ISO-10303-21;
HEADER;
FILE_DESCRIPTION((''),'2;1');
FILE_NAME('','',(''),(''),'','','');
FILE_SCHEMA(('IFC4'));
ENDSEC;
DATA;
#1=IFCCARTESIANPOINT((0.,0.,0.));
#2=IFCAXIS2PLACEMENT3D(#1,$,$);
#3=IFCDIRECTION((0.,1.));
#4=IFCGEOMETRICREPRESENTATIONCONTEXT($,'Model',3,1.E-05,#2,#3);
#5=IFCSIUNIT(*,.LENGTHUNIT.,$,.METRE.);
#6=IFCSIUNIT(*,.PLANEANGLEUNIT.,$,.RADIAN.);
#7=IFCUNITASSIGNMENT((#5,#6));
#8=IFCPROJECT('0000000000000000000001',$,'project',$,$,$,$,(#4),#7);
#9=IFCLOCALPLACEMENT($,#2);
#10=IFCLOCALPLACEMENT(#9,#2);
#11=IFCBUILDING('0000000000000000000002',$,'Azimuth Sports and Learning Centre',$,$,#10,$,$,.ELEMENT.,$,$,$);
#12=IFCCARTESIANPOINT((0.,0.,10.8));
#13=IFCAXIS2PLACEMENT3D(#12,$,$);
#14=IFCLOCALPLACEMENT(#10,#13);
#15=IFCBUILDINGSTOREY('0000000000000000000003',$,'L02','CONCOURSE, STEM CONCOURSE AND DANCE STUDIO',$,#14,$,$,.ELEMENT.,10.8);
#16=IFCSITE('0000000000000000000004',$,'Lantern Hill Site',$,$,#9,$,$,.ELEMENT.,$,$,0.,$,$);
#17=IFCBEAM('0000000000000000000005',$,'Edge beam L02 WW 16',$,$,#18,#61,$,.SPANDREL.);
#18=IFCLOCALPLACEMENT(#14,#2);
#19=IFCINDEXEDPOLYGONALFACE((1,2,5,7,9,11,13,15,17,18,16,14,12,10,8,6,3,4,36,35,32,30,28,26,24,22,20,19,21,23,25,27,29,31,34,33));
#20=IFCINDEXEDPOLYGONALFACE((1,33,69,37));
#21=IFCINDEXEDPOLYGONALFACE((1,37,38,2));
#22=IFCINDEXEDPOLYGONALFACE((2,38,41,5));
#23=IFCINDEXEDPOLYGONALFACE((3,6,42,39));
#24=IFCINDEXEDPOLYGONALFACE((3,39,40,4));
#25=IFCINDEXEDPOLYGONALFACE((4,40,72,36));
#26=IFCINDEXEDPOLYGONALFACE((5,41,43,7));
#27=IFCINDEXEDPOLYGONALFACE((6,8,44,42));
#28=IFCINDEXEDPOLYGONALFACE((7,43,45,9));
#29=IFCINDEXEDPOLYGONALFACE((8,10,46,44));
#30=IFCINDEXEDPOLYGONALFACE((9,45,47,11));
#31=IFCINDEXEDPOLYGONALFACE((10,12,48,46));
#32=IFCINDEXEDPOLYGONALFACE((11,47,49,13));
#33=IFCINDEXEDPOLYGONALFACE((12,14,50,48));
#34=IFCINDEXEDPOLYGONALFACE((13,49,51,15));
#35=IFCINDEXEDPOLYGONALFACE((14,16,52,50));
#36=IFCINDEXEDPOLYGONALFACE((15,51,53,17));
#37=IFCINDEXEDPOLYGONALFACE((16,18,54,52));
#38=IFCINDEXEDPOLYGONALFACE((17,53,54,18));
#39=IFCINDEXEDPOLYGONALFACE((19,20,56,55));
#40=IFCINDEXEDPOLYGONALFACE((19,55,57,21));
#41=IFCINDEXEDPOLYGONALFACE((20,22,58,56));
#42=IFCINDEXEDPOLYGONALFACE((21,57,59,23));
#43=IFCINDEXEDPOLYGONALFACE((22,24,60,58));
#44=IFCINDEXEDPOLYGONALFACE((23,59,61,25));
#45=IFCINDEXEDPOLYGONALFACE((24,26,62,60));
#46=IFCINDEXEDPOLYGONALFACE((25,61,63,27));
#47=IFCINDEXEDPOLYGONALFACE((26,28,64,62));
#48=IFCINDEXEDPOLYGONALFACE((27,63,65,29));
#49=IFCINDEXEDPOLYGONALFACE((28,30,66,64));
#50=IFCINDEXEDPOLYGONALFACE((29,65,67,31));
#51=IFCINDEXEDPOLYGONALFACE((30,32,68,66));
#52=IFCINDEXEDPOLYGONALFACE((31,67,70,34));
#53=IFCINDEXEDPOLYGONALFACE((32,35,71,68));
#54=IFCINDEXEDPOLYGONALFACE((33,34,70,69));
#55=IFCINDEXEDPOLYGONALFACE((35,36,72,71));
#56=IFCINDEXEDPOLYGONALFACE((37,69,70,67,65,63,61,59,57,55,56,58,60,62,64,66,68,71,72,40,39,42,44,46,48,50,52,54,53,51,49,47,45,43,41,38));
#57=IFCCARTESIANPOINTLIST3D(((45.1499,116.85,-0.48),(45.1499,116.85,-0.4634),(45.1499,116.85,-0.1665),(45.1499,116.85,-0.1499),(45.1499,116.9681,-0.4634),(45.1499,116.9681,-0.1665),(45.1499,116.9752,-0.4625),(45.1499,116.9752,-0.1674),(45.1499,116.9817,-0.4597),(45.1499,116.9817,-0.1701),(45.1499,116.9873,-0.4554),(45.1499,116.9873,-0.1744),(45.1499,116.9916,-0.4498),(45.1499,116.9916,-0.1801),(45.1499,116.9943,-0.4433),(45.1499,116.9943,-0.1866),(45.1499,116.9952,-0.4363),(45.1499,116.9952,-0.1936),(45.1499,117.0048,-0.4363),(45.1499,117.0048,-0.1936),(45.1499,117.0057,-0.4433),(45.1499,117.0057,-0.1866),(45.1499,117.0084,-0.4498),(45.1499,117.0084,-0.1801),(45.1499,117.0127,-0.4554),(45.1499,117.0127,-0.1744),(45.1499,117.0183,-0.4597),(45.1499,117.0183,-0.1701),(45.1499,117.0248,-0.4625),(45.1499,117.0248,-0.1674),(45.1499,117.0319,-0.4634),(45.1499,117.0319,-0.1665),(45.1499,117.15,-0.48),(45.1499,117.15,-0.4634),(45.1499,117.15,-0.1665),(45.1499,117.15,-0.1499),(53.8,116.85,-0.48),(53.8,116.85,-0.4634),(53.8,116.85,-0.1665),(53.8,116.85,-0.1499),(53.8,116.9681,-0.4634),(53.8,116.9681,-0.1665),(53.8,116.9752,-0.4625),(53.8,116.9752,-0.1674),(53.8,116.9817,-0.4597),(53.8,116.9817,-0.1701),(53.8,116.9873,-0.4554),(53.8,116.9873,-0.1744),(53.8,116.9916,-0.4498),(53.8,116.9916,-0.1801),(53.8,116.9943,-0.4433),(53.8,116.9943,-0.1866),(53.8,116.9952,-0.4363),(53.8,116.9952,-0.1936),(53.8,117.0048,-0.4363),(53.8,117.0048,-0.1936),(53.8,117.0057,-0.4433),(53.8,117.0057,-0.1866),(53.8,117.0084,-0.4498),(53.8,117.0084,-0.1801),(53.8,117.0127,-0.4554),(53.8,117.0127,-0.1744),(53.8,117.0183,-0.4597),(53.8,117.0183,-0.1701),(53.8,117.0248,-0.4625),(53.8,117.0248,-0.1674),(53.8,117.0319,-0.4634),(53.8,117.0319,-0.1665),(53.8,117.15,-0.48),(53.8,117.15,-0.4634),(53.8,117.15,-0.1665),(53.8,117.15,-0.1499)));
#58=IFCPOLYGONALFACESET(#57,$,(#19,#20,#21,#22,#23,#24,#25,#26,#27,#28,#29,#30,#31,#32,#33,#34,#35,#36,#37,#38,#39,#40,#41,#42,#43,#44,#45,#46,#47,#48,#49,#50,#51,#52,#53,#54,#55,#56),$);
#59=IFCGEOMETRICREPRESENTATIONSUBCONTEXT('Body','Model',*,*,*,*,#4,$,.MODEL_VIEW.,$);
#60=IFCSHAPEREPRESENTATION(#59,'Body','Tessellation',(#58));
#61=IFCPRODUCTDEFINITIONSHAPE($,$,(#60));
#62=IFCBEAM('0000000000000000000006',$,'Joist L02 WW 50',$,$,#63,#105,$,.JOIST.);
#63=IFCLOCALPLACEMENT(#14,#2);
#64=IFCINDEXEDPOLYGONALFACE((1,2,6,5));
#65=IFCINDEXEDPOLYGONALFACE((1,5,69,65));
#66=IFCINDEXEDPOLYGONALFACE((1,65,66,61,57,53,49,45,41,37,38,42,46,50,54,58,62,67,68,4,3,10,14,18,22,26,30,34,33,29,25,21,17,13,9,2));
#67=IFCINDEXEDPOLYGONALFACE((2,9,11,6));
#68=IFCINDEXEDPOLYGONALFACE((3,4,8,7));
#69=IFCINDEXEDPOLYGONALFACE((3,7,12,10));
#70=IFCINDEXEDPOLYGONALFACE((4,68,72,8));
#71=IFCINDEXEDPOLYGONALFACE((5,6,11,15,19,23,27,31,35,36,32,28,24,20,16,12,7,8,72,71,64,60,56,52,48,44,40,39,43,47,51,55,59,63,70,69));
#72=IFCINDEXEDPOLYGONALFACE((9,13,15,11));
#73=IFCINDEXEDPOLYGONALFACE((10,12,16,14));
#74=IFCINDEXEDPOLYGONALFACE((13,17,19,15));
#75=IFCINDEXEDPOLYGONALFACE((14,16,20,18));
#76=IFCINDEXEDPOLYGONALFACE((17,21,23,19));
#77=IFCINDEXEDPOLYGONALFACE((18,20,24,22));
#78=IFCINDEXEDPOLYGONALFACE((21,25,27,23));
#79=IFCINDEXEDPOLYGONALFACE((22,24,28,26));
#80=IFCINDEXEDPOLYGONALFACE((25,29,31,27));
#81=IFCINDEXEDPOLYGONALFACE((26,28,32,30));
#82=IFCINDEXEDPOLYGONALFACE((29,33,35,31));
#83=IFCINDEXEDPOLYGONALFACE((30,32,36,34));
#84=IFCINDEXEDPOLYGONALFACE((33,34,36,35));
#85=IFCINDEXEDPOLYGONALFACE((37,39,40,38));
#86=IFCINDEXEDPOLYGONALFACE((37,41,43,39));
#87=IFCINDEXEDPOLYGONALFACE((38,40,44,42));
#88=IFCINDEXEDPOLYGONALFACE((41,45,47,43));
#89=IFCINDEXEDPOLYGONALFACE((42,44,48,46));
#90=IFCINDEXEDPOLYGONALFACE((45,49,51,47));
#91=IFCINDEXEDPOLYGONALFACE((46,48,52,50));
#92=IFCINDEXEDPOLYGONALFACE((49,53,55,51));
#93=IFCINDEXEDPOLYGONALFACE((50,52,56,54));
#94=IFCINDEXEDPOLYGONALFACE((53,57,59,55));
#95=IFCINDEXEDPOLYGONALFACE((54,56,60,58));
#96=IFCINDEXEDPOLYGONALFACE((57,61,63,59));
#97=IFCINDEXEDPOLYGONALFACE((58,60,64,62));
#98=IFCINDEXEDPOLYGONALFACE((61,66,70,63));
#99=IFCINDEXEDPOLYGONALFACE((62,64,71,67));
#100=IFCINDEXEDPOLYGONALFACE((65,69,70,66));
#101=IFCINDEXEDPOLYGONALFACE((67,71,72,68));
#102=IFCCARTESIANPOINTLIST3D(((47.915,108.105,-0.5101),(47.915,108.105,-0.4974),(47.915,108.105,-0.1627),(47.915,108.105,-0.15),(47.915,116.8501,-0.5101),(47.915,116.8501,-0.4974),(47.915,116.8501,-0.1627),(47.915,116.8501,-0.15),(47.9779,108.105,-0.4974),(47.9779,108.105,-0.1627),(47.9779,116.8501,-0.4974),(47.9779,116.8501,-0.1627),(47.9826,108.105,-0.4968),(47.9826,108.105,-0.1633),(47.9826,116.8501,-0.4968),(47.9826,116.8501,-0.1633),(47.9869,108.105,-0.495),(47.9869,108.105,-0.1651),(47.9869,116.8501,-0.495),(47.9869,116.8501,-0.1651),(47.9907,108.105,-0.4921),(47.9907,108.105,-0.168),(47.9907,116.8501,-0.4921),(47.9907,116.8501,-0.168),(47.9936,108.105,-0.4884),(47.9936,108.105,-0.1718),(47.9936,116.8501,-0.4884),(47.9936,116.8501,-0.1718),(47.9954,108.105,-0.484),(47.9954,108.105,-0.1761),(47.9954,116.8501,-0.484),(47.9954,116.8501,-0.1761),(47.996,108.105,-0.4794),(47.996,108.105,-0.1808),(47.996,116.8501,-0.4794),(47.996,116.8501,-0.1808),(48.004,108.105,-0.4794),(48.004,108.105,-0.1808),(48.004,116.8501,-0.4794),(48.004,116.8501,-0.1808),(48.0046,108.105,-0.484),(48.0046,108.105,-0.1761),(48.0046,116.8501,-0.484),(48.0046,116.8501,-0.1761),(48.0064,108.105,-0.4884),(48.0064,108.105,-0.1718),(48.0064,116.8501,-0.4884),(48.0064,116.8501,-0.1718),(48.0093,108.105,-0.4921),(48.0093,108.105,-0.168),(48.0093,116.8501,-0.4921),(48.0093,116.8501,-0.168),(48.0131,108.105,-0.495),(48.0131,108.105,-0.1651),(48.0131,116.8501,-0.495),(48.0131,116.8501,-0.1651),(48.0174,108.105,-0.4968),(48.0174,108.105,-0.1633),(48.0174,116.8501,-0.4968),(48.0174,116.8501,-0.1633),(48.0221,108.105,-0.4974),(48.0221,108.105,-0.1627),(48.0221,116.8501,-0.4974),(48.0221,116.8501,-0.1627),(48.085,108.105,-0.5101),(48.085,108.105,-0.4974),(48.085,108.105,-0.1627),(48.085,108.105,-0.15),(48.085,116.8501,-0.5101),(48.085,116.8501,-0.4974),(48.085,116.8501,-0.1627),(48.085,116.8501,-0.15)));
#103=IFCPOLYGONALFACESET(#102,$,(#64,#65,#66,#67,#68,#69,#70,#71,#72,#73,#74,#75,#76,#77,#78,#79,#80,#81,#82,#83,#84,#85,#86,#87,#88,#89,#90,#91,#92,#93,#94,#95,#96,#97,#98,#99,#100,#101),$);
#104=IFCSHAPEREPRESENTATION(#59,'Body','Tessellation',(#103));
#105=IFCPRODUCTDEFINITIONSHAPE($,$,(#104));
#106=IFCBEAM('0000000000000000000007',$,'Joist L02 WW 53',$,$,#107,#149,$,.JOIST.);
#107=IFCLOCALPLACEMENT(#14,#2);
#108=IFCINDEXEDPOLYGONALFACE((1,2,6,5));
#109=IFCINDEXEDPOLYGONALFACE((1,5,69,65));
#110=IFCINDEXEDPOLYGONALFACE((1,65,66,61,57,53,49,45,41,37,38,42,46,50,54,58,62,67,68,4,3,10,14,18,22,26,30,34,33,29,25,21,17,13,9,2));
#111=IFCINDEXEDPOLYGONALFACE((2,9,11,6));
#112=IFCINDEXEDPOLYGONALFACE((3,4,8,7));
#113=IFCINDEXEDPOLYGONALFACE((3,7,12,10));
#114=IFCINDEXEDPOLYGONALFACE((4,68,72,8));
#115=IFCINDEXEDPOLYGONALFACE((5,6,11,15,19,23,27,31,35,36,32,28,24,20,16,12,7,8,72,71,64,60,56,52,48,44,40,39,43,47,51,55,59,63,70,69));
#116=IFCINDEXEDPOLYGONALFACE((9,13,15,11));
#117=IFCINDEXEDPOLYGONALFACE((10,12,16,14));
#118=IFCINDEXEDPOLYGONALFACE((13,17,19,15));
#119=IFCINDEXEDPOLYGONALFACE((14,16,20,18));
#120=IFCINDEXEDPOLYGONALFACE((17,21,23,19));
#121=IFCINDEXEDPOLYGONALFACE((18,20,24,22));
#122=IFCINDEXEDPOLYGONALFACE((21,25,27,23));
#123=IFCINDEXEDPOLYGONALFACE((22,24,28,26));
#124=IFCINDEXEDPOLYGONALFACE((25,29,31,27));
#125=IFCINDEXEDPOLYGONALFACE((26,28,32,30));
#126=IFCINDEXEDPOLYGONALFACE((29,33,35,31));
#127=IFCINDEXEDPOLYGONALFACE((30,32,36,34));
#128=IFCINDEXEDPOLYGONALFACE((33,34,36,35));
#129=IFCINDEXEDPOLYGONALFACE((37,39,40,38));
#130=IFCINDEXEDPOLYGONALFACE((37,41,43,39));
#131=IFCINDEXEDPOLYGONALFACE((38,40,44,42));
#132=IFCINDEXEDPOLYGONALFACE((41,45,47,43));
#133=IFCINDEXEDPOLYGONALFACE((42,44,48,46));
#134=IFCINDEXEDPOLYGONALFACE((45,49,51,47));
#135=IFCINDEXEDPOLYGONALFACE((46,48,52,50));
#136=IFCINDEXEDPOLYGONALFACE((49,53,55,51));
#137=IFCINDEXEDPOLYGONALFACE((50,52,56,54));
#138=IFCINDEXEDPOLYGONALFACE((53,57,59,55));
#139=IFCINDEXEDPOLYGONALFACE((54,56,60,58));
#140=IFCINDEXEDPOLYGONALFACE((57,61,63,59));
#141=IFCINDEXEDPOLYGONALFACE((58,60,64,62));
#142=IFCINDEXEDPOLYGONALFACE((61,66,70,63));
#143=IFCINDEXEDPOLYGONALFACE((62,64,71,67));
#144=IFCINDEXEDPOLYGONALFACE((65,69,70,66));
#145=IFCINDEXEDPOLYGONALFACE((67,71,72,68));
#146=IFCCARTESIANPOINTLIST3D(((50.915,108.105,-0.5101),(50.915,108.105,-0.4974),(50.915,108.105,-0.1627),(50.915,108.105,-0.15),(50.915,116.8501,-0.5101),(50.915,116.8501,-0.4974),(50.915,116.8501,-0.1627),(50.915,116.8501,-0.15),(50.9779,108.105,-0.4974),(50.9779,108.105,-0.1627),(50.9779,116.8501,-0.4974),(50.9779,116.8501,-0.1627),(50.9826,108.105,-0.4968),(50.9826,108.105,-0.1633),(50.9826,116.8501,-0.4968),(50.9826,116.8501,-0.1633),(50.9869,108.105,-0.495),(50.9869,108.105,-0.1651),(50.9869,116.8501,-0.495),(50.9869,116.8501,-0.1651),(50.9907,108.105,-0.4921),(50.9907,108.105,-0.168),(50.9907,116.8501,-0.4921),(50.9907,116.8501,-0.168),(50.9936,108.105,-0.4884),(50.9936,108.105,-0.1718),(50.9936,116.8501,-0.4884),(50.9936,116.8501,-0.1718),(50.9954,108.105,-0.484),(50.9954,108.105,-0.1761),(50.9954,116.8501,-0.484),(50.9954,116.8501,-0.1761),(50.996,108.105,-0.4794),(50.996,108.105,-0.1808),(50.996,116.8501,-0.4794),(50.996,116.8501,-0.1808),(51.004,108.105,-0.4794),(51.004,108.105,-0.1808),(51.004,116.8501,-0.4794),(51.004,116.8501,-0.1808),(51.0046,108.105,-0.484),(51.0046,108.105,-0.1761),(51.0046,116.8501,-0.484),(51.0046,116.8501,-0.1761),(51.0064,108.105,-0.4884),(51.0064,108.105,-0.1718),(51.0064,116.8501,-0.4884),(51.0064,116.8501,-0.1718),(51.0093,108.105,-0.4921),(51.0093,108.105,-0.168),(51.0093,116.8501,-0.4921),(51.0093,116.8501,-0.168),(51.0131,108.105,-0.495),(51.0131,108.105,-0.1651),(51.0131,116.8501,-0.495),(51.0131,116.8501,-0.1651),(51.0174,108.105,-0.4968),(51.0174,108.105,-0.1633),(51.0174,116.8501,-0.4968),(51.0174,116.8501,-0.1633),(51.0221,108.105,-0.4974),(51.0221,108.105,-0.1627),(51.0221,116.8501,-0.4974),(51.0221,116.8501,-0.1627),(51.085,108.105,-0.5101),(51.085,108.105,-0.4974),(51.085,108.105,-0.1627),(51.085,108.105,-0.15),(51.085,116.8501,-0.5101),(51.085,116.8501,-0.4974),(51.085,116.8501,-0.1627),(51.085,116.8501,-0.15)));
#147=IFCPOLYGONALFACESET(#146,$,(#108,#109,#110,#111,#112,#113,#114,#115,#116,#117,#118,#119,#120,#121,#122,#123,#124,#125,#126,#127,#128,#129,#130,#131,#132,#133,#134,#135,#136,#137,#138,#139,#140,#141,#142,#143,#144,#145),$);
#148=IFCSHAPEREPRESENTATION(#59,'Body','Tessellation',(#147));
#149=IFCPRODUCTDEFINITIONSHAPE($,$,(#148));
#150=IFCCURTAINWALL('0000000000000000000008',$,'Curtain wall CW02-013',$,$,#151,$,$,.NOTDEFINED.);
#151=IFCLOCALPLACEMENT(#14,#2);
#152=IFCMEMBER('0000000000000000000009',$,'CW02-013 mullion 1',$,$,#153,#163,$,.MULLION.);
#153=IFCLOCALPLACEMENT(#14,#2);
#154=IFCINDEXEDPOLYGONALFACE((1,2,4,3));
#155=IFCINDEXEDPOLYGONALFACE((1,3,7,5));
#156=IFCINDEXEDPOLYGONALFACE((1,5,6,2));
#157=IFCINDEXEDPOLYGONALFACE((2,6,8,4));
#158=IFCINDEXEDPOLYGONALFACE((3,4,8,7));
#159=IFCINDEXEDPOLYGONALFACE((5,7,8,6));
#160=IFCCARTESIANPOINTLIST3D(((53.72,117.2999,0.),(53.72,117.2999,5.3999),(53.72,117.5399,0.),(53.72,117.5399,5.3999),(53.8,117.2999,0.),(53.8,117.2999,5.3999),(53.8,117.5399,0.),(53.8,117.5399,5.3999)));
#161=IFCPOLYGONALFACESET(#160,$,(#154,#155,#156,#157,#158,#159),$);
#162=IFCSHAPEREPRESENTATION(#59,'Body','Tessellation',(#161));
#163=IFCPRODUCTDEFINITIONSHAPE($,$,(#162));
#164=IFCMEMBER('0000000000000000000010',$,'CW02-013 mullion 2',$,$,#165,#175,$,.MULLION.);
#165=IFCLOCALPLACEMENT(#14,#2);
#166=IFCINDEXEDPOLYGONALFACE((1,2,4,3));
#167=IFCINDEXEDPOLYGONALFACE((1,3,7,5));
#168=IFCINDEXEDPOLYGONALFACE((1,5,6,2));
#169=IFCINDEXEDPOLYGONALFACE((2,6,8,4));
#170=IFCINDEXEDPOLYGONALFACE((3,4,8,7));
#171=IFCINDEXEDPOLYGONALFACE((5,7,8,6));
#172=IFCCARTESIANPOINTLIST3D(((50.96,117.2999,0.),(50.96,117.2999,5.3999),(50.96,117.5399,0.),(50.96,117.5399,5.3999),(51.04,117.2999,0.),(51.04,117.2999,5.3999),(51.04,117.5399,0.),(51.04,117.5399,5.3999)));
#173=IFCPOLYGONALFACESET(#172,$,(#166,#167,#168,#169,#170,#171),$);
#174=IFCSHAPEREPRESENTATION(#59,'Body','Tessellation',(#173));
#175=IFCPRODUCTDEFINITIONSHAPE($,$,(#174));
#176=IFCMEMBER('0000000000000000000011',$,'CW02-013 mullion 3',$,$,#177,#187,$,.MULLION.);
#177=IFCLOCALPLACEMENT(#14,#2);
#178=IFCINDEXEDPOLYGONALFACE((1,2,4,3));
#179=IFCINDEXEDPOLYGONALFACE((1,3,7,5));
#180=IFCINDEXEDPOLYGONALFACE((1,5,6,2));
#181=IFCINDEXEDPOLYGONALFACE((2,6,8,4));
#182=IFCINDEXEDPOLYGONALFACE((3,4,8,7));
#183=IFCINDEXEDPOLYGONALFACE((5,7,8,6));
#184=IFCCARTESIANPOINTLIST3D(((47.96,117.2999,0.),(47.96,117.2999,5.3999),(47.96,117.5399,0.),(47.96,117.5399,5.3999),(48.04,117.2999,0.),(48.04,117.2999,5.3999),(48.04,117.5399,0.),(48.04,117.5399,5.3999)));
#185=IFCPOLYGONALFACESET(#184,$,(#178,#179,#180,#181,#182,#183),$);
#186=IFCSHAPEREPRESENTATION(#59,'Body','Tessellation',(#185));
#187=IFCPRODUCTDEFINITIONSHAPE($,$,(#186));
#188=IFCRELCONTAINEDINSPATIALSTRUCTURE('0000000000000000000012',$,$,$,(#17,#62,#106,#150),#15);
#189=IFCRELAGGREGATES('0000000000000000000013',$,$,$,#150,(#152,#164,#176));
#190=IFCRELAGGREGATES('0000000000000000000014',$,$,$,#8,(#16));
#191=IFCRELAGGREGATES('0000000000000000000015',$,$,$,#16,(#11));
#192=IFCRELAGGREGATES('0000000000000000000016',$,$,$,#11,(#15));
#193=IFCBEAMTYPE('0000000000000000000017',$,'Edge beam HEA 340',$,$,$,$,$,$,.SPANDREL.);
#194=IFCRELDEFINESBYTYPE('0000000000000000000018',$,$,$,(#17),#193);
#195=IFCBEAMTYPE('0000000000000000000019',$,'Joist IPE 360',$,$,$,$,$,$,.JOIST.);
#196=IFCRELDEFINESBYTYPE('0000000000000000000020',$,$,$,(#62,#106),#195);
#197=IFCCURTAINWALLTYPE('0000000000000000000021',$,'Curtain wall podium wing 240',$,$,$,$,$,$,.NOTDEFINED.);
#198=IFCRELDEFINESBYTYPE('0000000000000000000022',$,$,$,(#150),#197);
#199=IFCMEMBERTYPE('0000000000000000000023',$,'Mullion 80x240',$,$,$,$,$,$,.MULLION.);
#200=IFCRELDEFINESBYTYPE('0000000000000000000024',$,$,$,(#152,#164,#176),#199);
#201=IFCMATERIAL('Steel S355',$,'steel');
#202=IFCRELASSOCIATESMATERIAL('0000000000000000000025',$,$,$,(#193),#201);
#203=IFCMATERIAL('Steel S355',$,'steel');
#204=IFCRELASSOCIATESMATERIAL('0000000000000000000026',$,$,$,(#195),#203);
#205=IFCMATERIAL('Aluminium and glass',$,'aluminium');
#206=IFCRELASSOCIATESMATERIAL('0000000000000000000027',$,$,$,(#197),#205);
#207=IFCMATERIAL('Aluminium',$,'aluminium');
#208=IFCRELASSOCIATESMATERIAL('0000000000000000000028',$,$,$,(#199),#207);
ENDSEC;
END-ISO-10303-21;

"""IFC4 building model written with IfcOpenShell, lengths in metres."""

from ifc_helpers import new_model, si_unit, direction, frame, origin, origin_2d, place, context, subcontext, project, spatial, rectangle, i_section, extrude, material, material_profile, profile_set, type_object, element, aggregate, save


model = new_model("IFC4")

# Units and contexts
model_context = context("Model", 3, precision=1e-05, world=origin(), true_north=direction((0.0, 1.0)))
body_context = subcontext(model_context, "Body", "Model", "MODEL_VIEW")
ifc_project = project(units=[si_unit("LENGTHUNIT", "METRE"), si_unit("PLANEANGLEUNIT", "RADIAN")], contexts=[model_context])

# Site, building, storey
site_placement = place(None, origin())
site = spatial("IfcSite", under=ifc_project, at=site_placement, Name="Lantern Hill Site", CompositionType="ELEMENT", RefElevation=0.0)
building_placement = place(site_placement, origin())
building = spatial("IfcBuilding", under=site, at=building_placement, Name="Azimuth Sports and Learning Centre", CompositionType="ELEMENT")
storey_placement = place(building_placement, frame((0.0, 0.0, 10.8)))
storey = spatial("IfcBuildingStorey", under=building, at=storey_placement, Name="L02", Description="CONCOURSE, STEM CONCOURSE AND DANCE STUDIO", CompositionType="ELEMENT", Elevation=10.8)

# Beams
ifc_material_1 = material(Name="Steel S355", Category="steel")
ifc_material_profile_1 = material_profile(ifc_material_1, i_section(OverallWidth=0.3, OverallDepth=0.3301, WebThickness=0.0095, FlangeThickness=0.0166, FilletRadius=0.0271, at=origin_2d()), Name="HEA 340")
ifc_profile_set_1 = profile_set([ifc_material_profile_1], Name="Steel S355")
beam_type_1 = type_object("IfcBeamType", Name="Edge beam HEA 340", PredefinedType="SPANDREL", material=ifc_profile_set_1)
beam_placement = place(storey_placement, frame((45.1499, 117.0, -0.3149), z_axis=(1.0, 0.0, 0.0), x_axis=(0.0, 1.0, 0.0)))
element("IfcBeam", 1, at=beam_placement, inside=storey, type_object=beam_type_1, Name="Edge beam L02 WW 16", PredefinedType="SPANDREL", context=body_context, shape_type="SweptSolid", body=[
    extrude(i_section(OverallWidth=0.3, OverallDepth=0.3301, WebThickness=0.0095, FlangeThickness=0.0166, FilletRadius=0.0271, at=origin_2d()), origin(), (0.0, 0.0, 1.0), 8.6501),
])
ifc_material_2 = material(Name="Steel S355", Category="steel")
ifc_material_profile_2 = material_profile(ifc_material_2, i_section(OverallWidth=0.1699, OverallDepth=0.3601, WebThickness=0.0081, FlangeThickness=0.0127, FilletRadius=0.0181, at=origin_2d()), Name="IPE 360")
ifc_profile_set_2 = profile_set([ifc_material_profile_2], Name="Steel S355")
beam_type_2 = type_object("IfcBeamType", Name="Joist IPE 360", PredefinedType="JOIST", material=ifc_profile_set_2)
for number, where, z_axis, x_axis, name in (
    (2, (48.0, 108.105, -0.3301), (0.0, 1.0, 0.0), (-1.0, 0.0, 0.0), "Joist L02 WW 50"),
    (3, (51.0, 108.105, -0.3301), (0.0, 1.0, 0.0), (-1.0, 0.0, 0.0), "Joist L02 WW 53"),
):
    element("IfcBeam", number, at=place(storey_placement, frame(where, z_axis=z_axis, x_axis=x_axis)), inside=storey, type_object=beam_type_2, Name=name, PredefinedType="JOIST", context=body_context, shape_type="SweptSolid", body=[
        extrude(i_section(OverallWidth=0.1699, OverallDepth=0.3601, WebThickness=0.0081, FlangeThickness=0.0127, FilletRadius=0.0181, at=origin_2d()), origin(), (0.0, 0.0, 1.0), 8.7451),
    ])

# Curtain wall, members
ifc_material_3 = material(Name="Aluminium and glass", Category="aluminium")
curtain_wall_type = type_object("IfcCurtainWallType", Name="Curtain wall podium wing 240", PredefinedType="NOTDEFINED", material=ifc_material_3)
curtain_wall_placement = place(storey_placement, origin())
curtain_wall = element("IfcCurtainWall", 4, at=curtain_wall_placement, inside=storey, type_object=curtain_wall_type, Name="Curtain wall CW02-013", PredefinedType="NOTDEFINED")
ifc_material_4 = material(Name="Aluminium", Category="aluminium")
ifc_material_profile_3 = material_profile(ifc_material_4, rectangle(XDim=0.24, YDim=0.0801, at=origin_2d()), Name="Mullion 80x240")
ifc_profile_set_3 = profile_set([ifc_material_profile_3], Name="Aluminium")
member_type_1 = type_object("IfcMemberType", Name="Mullion 80x240", PredefinedType="MULLION", material=ifc_profile_set_3)
member_1_placement = place(storey_placement, frame((53.76, 117.4199, 0.0), z_axis=(0.0, 0.0, 1.0), x_axis=(0.0, -1.0, 0.0)))
member_1 = element("IfcMember", 5, at=member_1_placement, type_object=member_type_1, Name="CW02-013 mullion 1", PredefinedType="MULLION", context=body_context, shape_type="SweptSolid", body=[
    extrude(rectangle(XDim=0.24, YDim=0.0801, at=origin_2d()), origin(), (0.0, 0.0, 1.0), 5.3999),
])
member_2_placement = place(storey_placement, frame((51.0, 117.4199, 0.0), z_axis=(0.0, 0.0, 1.0), x_axis=(0.0, -1.0, 0.0)))
member_2 = element("IfcMember", 6, at=member_2_placement, type_object=member_type_1, Name="CW02-013 mullion 2", PredefinedType="MULLION", context=body_context, shape_type="SweptSolid", body=[
    extrude(rectangle(XDim=0.24, YDim=0.0801, at=origin_2d()), origin(), (0.0, 0.0, 1.0), 5.3999),
])
member_3_placement = place(storey_placement, frame((48.0, 117.4199, 0.0), z_axis=(0.0, 0.0, 1.0), x_axis=(0.0, -1.0, 0.0)))
member_3 = element("IfcMember", 7, at=member_3_placement, type_object=member_type_1, Name="CW02-013 mullion 3", PredefinedType="MULLION", context=body_context, shape_type="SweptSolid", body=[
    extrude(rectangle(XDim=0.24, YDim=0.0801, at=origin_2d()), origin(), (0.0, 0.0, 1.0), 5.3999),
])
aggregate(curtain_wall, [member_1, member_2, member_3])

save(model, "model.ifc")
